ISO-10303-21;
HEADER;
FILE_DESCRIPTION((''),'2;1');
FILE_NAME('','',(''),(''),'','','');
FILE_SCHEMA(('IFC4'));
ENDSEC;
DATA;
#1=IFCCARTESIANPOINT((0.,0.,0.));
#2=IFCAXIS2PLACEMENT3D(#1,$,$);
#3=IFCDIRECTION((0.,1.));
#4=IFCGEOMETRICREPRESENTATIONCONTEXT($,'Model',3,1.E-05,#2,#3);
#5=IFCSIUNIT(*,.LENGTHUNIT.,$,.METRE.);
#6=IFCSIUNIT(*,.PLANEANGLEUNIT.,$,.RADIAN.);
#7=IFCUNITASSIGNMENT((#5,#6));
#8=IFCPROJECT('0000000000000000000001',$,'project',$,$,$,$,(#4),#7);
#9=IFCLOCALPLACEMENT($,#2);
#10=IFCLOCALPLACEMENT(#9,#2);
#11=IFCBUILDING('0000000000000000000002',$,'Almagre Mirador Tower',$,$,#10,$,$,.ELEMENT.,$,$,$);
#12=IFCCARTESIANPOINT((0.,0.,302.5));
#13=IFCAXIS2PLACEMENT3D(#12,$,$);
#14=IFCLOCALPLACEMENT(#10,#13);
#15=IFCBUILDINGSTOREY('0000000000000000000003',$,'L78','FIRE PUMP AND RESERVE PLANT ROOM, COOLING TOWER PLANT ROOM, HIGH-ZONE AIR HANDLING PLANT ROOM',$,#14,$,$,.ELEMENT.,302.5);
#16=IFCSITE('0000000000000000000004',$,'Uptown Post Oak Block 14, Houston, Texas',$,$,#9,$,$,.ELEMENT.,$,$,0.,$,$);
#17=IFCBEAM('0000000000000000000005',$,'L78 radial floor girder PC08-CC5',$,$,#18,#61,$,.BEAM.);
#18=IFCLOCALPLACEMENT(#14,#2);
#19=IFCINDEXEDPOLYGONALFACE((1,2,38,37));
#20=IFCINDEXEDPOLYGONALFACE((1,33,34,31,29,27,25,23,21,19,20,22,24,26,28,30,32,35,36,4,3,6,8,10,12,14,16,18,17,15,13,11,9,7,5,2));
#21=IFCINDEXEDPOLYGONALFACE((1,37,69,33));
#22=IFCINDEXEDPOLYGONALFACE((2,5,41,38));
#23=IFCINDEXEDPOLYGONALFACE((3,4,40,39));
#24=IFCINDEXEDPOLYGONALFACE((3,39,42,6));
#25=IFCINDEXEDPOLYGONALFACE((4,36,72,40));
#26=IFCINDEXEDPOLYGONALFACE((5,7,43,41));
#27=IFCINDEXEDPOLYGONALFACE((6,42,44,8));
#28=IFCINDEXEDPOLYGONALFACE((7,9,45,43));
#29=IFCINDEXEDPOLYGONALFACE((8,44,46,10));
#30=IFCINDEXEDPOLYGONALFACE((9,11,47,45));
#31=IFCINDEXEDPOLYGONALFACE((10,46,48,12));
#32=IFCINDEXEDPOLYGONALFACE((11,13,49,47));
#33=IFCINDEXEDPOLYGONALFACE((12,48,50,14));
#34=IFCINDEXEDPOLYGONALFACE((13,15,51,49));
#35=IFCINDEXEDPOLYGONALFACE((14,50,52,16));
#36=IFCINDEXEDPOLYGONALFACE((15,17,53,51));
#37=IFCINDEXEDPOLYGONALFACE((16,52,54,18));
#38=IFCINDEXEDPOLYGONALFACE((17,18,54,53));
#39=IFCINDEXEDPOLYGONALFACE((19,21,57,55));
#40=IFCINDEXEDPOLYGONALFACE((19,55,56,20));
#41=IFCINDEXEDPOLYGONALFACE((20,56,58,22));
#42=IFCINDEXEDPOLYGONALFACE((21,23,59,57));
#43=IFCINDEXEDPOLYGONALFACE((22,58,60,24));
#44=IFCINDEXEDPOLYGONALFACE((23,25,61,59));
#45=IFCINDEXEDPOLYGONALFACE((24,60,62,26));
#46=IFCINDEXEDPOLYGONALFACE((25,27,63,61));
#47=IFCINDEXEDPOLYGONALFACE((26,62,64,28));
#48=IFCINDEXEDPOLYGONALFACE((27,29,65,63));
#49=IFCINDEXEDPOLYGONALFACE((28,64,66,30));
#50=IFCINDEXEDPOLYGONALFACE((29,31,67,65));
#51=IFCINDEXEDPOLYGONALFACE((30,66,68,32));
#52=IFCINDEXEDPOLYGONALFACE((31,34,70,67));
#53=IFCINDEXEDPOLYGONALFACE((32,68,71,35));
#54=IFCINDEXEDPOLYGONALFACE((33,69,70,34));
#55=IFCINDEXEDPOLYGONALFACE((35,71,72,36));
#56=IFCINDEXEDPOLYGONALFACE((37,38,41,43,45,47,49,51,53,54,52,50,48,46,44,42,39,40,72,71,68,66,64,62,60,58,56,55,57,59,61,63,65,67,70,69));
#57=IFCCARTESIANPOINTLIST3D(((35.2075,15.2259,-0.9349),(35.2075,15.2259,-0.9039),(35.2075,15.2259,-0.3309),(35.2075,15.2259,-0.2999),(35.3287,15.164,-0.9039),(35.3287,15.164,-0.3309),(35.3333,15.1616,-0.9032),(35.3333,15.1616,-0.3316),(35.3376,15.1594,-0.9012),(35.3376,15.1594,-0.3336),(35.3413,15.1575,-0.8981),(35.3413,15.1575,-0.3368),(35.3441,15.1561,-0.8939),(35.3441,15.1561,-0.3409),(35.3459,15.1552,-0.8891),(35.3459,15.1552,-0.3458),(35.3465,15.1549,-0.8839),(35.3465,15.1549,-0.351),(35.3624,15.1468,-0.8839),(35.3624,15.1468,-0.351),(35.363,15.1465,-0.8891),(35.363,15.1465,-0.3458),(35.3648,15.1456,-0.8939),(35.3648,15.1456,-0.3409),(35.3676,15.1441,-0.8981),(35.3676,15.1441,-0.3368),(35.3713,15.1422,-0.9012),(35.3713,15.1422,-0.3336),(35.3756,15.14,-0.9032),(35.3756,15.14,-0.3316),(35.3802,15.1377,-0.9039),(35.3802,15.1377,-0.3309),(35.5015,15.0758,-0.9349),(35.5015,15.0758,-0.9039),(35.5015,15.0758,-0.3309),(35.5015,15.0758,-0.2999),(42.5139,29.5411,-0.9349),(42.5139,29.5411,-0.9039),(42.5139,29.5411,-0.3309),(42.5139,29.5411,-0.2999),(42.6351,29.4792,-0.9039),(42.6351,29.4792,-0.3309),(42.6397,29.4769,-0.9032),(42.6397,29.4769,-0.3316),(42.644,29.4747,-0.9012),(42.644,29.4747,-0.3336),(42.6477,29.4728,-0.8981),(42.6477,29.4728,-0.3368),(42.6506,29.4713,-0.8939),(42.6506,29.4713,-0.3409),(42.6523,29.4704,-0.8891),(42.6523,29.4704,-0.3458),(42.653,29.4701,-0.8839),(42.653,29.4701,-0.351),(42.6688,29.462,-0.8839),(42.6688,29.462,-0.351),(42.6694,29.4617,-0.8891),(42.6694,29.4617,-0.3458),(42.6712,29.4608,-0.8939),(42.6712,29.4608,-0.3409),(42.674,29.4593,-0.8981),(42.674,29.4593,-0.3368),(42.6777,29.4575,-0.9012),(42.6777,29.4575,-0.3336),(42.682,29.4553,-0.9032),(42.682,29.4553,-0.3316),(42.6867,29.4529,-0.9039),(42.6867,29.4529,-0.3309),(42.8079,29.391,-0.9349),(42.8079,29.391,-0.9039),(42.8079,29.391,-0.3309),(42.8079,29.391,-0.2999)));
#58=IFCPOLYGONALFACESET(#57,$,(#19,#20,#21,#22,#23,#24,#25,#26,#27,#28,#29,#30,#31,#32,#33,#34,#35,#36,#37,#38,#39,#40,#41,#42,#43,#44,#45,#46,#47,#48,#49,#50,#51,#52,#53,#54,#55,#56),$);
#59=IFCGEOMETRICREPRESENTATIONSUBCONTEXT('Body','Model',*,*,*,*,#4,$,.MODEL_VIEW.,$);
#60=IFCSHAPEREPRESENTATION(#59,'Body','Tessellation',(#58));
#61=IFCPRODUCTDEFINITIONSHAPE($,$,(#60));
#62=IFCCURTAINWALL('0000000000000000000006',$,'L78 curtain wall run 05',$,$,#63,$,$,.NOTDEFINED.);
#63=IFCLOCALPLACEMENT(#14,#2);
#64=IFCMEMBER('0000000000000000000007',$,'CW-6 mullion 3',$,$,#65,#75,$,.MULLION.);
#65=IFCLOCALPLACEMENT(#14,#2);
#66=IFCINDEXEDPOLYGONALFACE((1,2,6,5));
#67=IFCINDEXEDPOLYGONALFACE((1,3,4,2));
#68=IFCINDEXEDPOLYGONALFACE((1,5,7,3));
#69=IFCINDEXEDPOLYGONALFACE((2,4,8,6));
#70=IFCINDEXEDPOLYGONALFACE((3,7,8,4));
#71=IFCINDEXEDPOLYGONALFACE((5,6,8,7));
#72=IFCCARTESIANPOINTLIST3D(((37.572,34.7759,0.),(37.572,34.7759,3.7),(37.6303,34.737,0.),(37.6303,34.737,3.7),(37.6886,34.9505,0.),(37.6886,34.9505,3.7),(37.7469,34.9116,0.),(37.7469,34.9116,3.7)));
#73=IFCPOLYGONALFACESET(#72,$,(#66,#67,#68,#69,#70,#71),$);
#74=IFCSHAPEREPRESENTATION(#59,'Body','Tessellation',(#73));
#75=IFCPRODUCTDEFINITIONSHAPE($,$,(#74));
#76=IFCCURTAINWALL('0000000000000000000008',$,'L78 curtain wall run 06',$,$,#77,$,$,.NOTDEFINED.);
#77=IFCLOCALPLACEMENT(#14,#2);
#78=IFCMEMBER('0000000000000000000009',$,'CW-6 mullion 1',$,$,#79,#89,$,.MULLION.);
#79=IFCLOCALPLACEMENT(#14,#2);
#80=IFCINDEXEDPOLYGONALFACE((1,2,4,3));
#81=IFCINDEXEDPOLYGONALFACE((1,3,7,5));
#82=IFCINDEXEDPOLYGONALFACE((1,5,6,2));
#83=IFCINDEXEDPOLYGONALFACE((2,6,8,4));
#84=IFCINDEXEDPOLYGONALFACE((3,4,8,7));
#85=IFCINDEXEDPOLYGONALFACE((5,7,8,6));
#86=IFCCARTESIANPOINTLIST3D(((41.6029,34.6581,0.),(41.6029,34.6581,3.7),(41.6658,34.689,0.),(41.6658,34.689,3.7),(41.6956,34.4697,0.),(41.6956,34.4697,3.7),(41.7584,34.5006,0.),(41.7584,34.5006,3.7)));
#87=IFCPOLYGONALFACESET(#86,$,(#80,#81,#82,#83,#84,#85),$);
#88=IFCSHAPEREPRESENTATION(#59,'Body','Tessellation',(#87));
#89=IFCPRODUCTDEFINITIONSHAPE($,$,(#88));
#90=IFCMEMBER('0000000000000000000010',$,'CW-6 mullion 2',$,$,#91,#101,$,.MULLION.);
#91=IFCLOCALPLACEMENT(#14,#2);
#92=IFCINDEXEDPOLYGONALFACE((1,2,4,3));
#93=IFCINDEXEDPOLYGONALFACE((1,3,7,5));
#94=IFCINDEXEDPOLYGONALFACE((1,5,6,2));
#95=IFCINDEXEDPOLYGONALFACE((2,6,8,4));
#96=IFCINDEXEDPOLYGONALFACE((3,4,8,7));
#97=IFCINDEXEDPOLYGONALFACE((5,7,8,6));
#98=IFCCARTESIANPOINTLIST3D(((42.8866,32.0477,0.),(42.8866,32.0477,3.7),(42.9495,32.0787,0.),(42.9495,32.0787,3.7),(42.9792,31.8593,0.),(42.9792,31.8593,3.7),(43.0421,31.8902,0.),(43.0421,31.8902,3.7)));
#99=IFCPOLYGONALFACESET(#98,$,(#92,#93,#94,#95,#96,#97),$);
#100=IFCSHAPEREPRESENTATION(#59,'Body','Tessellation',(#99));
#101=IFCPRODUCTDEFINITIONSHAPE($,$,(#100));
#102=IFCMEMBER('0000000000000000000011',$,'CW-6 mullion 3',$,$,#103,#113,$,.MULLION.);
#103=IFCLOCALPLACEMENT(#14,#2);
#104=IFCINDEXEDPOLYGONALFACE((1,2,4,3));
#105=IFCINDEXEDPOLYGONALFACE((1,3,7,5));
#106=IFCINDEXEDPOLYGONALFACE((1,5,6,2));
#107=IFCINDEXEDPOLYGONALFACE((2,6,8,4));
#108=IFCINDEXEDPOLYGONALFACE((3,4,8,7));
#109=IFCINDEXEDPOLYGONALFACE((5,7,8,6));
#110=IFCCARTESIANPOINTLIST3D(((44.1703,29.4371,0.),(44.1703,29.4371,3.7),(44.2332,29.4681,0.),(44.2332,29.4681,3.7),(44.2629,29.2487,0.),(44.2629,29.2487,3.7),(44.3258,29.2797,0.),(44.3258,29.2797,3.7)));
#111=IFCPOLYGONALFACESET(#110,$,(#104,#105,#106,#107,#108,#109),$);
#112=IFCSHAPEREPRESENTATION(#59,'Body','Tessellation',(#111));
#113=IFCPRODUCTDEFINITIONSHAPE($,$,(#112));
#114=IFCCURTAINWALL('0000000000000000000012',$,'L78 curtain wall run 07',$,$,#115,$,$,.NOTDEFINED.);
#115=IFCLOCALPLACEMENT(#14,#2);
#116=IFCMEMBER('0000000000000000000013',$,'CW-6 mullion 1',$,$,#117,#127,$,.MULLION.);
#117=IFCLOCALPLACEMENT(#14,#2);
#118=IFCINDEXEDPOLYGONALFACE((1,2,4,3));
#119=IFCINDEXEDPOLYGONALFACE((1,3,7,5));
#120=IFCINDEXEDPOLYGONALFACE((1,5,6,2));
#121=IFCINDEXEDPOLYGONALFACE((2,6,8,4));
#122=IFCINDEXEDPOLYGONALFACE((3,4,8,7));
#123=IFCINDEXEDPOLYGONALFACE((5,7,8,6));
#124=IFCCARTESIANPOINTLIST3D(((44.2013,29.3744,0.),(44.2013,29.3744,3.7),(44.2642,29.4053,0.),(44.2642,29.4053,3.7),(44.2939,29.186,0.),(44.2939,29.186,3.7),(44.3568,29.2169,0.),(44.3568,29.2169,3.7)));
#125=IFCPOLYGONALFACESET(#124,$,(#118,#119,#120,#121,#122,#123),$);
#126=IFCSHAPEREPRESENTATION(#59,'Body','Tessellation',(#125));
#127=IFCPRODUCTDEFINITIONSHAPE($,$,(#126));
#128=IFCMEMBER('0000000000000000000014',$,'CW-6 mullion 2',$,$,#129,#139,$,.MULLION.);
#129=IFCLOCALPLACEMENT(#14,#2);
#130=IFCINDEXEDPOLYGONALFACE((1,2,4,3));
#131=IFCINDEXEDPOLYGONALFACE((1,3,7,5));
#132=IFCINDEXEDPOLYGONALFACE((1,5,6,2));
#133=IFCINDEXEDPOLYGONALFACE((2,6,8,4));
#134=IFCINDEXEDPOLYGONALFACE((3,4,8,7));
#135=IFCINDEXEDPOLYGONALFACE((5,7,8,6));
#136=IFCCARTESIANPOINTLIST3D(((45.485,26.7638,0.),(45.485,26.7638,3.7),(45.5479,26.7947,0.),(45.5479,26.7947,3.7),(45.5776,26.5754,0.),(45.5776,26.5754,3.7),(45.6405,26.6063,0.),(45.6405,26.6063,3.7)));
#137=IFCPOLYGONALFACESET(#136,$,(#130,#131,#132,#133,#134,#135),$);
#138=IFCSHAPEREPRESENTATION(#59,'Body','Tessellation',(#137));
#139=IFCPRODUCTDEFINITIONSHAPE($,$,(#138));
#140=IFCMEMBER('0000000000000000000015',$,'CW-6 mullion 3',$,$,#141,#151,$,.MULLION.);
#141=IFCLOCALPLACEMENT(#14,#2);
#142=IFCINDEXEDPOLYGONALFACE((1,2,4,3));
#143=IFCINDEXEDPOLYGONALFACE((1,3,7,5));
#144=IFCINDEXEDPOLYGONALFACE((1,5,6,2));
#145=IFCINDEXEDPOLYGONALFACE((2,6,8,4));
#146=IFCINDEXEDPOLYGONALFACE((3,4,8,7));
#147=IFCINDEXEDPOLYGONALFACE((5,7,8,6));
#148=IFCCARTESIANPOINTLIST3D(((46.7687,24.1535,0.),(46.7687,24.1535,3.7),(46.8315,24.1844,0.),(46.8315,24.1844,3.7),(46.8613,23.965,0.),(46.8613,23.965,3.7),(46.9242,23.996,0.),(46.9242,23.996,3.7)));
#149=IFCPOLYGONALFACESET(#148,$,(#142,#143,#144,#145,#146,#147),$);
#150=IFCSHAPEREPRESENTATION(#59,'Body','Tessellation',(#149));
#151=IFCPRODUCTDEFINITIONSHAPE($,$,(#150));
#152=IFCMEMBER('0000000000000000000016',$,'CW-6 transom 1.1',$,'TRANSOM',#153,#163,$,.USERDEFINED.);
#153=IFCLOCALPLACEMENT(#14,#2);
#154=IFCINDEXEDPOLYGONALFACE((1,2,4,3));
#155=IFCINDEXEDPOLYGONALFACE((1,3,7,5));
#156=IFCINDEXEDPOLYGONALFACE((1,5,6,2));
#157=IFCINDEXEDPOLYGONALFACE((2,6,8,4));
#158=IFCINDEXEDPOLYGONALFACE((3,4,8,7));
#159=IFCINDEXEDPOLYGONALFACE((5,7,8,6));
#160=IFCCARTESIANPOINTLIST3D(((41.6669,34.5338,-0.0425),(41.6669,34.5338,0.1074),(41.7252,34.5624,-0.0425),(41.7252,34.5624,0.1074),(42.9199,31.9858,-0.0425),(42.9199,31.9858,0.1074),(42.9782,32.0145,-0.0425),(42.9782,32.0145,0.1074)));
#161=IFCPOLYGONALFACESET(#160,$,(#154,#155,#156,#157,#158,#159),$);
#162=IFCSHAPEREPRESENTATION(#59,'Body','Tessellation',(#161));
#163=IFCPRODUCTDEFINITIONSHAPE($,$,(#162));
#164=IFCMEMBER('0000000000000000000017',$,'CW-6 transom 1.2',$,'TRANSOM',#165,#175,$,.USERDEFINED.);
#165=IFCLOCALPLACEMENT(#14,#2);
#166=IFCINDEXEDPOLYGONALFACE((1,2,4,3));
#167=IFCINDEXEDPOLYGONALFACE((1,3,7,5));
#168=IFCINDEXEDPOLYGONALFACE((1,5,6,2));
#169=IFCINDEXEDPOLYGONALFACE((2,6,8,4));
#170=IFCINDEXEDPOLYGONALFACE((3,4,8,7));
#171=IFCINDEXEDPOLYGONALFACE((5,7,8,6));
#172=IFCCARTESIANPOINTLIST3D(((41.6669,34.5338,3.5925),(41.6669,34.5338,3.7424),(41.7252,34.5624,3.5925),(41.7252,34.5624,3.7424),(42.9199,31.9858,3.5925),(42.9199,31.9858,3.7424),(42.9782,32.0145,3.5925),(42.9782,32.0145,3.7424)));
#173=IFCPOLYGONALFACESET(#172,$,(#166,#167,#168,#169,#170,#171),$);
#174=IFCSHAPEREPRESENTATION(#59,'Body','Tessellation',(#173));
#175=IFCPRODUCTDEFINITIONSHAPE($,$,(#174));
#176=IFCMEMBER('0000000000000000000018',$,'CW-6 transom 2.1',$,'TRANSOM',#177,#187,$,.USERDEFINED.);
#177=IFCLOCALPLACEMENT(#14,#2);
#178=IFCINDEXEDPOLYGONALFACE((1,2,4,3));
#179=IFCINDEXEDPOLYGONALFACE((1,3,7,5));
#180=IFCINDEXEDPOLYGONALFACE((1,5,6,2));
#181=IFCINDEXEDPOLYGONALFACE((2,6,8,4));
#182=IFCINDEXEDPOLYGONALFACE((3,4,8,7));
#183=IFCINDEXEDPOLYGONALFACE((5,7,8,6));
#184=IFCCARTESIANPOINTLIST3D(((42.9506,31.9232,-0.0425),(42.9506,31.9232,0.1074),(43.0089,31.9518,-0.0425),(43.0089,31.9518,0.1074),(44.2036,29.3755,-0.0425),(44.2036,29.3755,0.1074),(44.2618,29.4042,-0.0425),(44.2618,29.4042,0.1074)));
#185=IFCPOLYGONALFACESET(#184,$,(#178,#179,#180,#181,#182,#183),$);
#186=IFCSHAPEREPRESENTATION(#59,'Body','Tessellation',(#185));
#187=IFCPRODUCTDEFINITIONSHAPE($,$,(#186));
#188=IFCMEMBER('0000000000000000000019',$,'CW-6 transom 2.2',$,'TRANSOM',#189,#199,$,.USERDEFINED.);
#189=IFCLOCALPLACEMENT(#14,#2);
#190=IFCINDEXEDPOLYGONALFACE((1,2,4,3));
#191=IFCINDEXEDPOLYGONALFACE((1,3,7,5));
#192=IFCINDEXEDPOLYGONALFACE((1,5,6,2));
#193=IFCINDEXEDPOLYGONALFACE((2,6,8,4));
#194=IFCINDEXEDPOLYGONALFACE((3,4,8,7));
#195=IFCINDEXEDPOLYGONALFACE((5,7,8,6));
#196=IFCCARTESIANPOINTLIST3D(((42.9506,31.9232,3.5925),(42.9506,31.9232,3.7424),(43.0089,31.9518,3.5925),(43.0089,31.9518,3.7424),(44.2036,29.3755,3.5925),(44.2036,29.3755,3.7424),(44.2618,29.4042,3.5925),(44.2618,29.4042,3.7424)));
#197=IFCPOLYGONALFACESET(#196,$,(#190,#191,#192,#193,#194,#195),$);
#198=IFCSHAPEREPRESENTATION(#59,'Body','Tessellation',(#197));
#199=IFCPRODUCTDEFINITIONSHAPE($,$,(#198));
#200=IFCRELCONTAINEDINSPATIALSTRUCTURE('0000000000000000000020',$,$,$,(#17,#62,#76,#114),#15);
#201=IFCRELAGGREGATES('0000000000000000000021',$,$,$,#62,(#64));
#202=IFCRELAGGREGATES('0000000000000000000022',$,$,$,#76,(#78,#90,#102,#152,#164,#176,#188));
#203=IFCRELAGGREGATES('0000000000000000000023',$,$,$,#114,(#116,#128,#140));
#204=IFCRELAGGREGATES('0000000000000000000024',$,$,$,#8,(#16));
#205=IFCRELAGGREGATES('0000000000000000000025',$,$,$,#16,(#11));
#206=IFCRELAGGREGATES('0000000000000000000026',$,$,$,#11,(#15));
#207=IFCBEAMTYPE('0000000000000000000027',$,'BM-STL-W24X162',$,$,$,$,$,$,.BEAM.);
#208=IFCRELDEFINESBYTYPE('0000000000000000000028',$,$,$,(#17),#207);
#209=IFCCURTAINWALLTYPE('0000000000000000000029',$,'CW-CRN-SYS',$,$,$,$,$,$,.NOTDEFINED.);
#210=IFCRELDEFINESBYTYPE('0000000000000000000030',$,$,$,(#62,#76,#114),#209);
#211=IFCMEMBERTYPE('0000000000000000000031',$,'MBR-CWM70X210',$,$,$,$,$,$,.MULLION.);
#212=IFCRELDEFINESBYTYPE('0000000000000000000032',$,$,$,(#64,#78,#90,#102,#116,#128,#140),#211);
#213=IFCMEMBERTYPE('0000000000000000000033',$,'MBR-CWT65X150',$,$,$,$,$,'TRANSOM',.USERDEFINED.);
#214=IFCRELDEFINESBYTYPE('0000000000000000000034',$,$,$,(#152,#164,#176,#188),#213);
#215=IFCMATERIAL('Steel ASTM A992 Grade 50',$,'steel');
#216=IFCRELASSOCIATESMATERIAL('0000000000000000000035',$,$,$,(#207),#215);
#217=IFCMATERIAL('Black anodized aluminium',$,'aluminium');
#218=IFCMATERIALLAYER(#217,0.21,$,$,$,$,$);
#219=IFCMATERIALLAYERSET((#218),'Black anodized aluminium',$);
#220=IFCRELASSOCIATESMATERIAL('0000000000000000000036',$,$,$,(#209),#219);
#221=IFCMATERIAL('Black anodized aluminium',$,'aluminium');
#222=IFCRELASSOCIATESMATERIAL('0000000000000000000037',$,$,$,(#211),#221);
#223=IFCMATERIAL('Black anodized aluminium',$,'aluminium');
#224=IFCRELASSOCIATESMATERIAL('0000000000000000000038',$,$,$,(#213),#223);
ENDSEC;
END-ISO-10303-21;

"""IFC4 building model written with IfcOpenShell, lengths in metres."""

from ifc_helpers import new_model, si_unit, direction, frame, origin, origin_2d, place, context, subcontext, project, spatial, rectangle, i_section, extrude, material, layer, layer_set, material_profile, profile_set, type_object, element, aggregate, save


model = new_model("IFC4")

# Units and contexts
model_context = context("Model", 3, precision=1e-05, world=origin(), true_north=direction((0.0, 1.0)))
body_context = subcontext(model_context, "Body", "Model", "MODEL_VIEW")
ifc_project = project(units=[si_unit("LENGTHUNIT", "METRE"), si_unit("PLANEANGLEUNIT", "RADIAN")], contexts=[model_context])

# Site, building, storey
site_placement = place(None, origin())
site = spatial("IfcSite", under=ifc_project, at=site_placement, Name="Uptown Post Oak Block 14, Houston, Texas", CompositionType="ELEMENT", RefElevation=0.0)
building_placement = place(site_placement, origin())
building = spatial("IfcBuilding", under=site, at=building_placement, Name="Almagre Mirador Tower", CompositionType="ELEMENT")
storey_placement = place(building_placement, frame((0.0, 0.0, 302.5)))
storey = spatial("IfcBuildingStorey", under=building, at=storey_placement, Name="L78", Description="FIRE PUMP AND RESERVE PLANT ROOM, COOLING TOWER PLANT ROOM, HIGH-ZONE AIR HANDLING PLANT ROOM", CompositionType="ELEMENT", Elevation=302.5)

# Beam
ifc_material_1 = material(Name="Steel ASTM A992 Grade 50", Category="steel")
ifc_material_profile_1 = material_profile(ifc_material_1, i_section(OverallWidth=0.3301, OverallDepth=0.635, WebThickness=0.0178, FlangeThickness=0.031, FilletRadius=0.02, at=origin_2d()), Name="W24X162")
ifc_profile_set_1 = profile_set([ifc_material_profile_1], Name="Steel ASTM A992 Grade 50")
beam_type_1 = type_object("IfcBeamType", Name="BM-STL-W24X162", PredefinedType="BEAM", material=ifc_profile_set_1)
beam_1_placement = place(storey_placement, frame((42.6609, 29.4661, -0.6174), z_axis=(-0.454605, -0.890693, 0.0), x_axis=(0.890693, -0.454605, 0.0)))
element("IfcBeam", 1, at=beam_1_placement, inside=storey, type_object=beam_type_1, Name="L78 radial floor girder PC08-CC5", PredefinedType="BEAM", context=body_context, shape_type="SweptSolid", body=[
    extrude(i_section(OverallWidth=0.3301, OverallDepth=0.635, WebThickness=0.0178, FlangeThickness=0.031, FilletRadius=0.02, at=origin_2d()), origin(), (0.0, 0.0, 1.0), 16.072),
])

# Curtain wall, member
ifc_material_2 = material(Name="Black anodized aluminium", Category="aluminium")
ifc_layer_1 = layer(ifc_material_2, 0.21)
ifc_layer_set_1 = layer_set([ifc_layer_1], Name="Black anodized aluminium")
curtain_wall_type = type_object("IfcCurtainWallType", Name="CW-CRN-SYS", PredefinedType="NOTDEFINED", material=ifc_layer_set_1)
curtain_wall_1_placement = place(storey_placement, origin())
curtain_wall_1 = element("IfcCurtainWall", 2, at=curtain_wall_1_placement, inside=storey, type_object=curtain_wall_type, Name="L78 curtain wall run 05", PredefinedType="NOTDEFINED")
ifc_material_3 = material(Name="Black anodized aluminium", Category="aluminium")
ifc_material_profile_2 = material_profile(ifc_material_3, rectangle(XDim=0.0701, YDim=0.21, at=origin_2d()), Name="CWM70X210")
ifc_profile_set_2 = profile_set([ifc_material_profile_2], Name="Black anodized aluminium")
member_type_1 = type_object("IfcMemberType", Name="MBR-CWM70X210", PredefinedType="MULLION", material=ifc_profile_set_2)
member_1_placement = place(storey_placement, frame((37.6594, 34.8438, 0.0), z_axis=(0.0, 0.0, 1.0), x_axis=(-0.831683, 0.555251, 0.0)))
member_1 = element("IfcMember", 3, at=member_1_placement, type_object=member_type_1, Name="CW-6 mullion 3", PredefinedType="MULLION", context=body_context, shape_type="SweptSolid", body=[
    extrude(rectangle(XDim=0.0701, YDim=0.21, at=origin_2d()), origin(), (0.0, 0.0, 1.0), 3.7),
])

# Curtain walls, members
curtain_wall_2_placement = place(storey_placement, origin())
curtain_wall_2 = element("IfcCurtainWall", 4, at=curtain_wall_2_placement, inside=storey, type_object=curtain_wall_type, Name="L78 curtain wall run 06", PredefinedType="NOTDEFINED")
member_2_placement = place(storey_placement, frame((41.6807, 34.5793, 0.0), z_axis=(0.0, 0.0, 1.0), x_axis=(0.897363, 0.441294, 0.0)))
member_2 = element("IfcMember", 5, at=member_2_placement, type_object=member_type_1, Name="CW-6 mullion 1", PredefinedType="MULLION", context=body_context, shape_type="SweptSolid", body=[
    extrude(rectangle(XDim=0.0701, YDim=0.21, at=origin_2d()), origin(), (0.0, 0.0, 1.0), 3.7),
])
member_3_placement = place(storey_placement, frame((42.9644, 31.969, 0.0), z_axis=(0.0, 0.0, 1.0), x_axis=(0.897363, 0.441294, 0.0)))
member_3 = element("IfcMember", 6, at=member_3_placement, type_object=member_type_1, Name="CW-6 mullion 2", PredefinedType="MULLION", context=body_context, shape_type="SweptSolid", body=[
    extrude(rectangle(XDim=0.0701, YDim=0.21, at=origin_2d()), origin(), (0.0, 0.0, 1.0), 3.7),
])
member_4_placement = place(storey_placement, frame((44.248, 29.3584, 0.0), z_axis=(0.0, 0.0, 1.0), x_axis=(0.897363, 0.441294, 0.0)))
member_4 = element("IfcMember", 7, at=member_4_placement, type_object=member_type_1, Name="CW-6 mullion 3", PredefinedType="MULLION", context=body_context, shape_type="SweptSolid", body=[
    extrude(rectangle(XDim=0.0701, YDim=0.21, at=origin_2d()), origin(), (0.0, 0.0, 1.0), 3.7),
])
curtain_wall_3_placement = place(storey_placement, origin())
curtain_wall_3 = element("IfcCurtainWall", 8, at=curtain_wall_3_placement, inside=storey, type_object=curtain_wall_type, Name="L78 curtain wall run 07", PredefinedType="NOTDEFINED")
member_5_placement = place(storey_placement, frame((44.2791, 29.2957, 0.0), z_axis=(0.0, 0.0, 1.0), x_axis=(0.897363, 0.441294, 0.0)))
member_5 = element("IfcMember", 9, at=member_5_placement, type_object=member_type_1, Name="CW-6 mullion 1", PredefinedType="MULLION", context=body_context, shape_type="SweptSolid", body=[
    extrude(rectangle(XDim=0.0701, YDim=0.21, at=origin_2d()), origin(), (0.0, 0.0, 1.0), 3.7),
])
member_6_placement = place(storey_placement, frame((45.5627, 26.6851, 0.0), z_axis=(0.0, 0.0, 1.0), x_axis=(0.897363, 0.441294, 0.0)))
member_6 = element("IfcMember", 10, at=member_6_placement, type_object=member_type_1, Name="CW-6 mullion 2", PredefinedType="MULLION", context=body_context, shape_type="SweptSolid", body=[
    extrude(rectangle(XDim=0.0701, YDim=0.21, at=origin_2d()), origin(), (0.0, 0.0, 1.0), 3.7),
])
member_7_placement = place(storey_placement, frame((46.8464, 24.0747, 0.0), z_axis=(0.0, 0.0, 1.0), x_axis=(0.897363, 0.441294, 0.0)))
member_7 = element("IfcMember", 11, at=member_7_placement, type_object=member_type_1, Name="CW-6 mullion 3", PredefinedType="MULLION", context=body_context, shape_type="SweptSolid", body=[
    extrude(rectangle(XDim=0.0701, YDim=0.21, at=origin_2d()), origin(), (0.0, 0.0, 1.0), 3.7),
])

# Members
ifc_material_4 = material(Name="Black anodized aluminium", Category="aluminium")
ifc_material_profile_3 = material_profile(ifc_material_4, rectangle(XDim=0.0649, YDim=0.1499, at=origin_2d()), Name="CWT65X150")
ifc_profile_set_3 = profile_set([ifc_material_profile_3], Name="Black anodized aluminium")
member_type_2 = type_object("IfcMemberType", Name="MBR-CWT65X150", ElementType="TRANSOM", PredefinedType="USERDEFINED", material=ifc_profile_set_3)
member_8_placement = place(storey_placement, frame((41.696, 34.5481, 0.0325), z_axis=(0.441288, -0.897366, 0.0), x_axis=(0.897366, 0.441288, 0.0)))
member_8 = element("IfcMember", 12, at=member_8_placement, type_object=member_type_2, Name="CW-6 transom 1.1", ObjectType="TRANSOM", PredefinedType="USERDEFINED", context=body_context, shape_type="SweptSolid", body=[
    extrude(rectangle(XDim=0.0649, YDim=0.1499, at=origin_2d()), origin(), (0.0, 0.0, 1.0), 2.8394),
])
member_9_placement = place(storey_placement, frame((41.696, 34.5481, 3.6675), z_axis=(0.441288, -0.897366, 0.0), x_axis=(0.897366, 0.441288, 0.0)))
member_9 = element("IfcMember", 13, at=member_9_placement, type_object=member_type_2, Name="CW-6 transom 1.2", ObjectType="TRANSOM", PredefinedType="USERDEFINED", context=body_context, shape_type="SweptSolid", body=[
    extrude(rectangle(XDim=0.0649, YDim=0.1499, at=origin_2d()), origin(), (0.0, 0.0, 1.0), 2.8394),
])
member_10_placement = place(storey_placement, frame((42.9797, 31.9375, 0.0325), z_axis=(0.441322, -0.897349, 0.0), x_axis=(0.897349, 0.441322, 0.0)))
member_10 = element("IfcMember", 14, at=member_10_placement, type_object=member_type_2, Name="CW-6 transom 2.1", ObjectType="TRANSOM", PredefinedType="USERDEFINED", context=body_context, shape_type="SweptSolid", body=[
    extrude(rectangle(XDim=0.0649, YDim=0.1499, at=origin_2d()), origin(), (0.0, 0.0, 1.0), 2.8391),
])
member_11_placement = place(storey_placement, frame((42.9797, 31.9375, 3.6675), z_axis=(0.441322, -0.897349, 0.0), x_axis=(0.897349, 0.441322, 0.0)))
member_11 = element("IfcMember", 15, at=member_11_placement, type_object=member_type_2, Name="CW-6 transom 2.2", ObjectType="TRANSOM", PredefinedType="USERDEFINED", context=body_context, shape_type="SweptSolid", body=[
    extrude(rectangle(XDim=0.0649, YDim=0.1499, at=origin_2d()), origin(), (0.0, 0.0, 1.0), 2.8391),
])

aggregate(curtain_wall_1, [member_1])
aggregate(curtain_wall_2, [member_2, member_3, member_4, member_8, member_9, member_10, member_11])
aggregate(curtain_wall_3, [member_5, member_6, member_7])

save(model, "model.ifc")
